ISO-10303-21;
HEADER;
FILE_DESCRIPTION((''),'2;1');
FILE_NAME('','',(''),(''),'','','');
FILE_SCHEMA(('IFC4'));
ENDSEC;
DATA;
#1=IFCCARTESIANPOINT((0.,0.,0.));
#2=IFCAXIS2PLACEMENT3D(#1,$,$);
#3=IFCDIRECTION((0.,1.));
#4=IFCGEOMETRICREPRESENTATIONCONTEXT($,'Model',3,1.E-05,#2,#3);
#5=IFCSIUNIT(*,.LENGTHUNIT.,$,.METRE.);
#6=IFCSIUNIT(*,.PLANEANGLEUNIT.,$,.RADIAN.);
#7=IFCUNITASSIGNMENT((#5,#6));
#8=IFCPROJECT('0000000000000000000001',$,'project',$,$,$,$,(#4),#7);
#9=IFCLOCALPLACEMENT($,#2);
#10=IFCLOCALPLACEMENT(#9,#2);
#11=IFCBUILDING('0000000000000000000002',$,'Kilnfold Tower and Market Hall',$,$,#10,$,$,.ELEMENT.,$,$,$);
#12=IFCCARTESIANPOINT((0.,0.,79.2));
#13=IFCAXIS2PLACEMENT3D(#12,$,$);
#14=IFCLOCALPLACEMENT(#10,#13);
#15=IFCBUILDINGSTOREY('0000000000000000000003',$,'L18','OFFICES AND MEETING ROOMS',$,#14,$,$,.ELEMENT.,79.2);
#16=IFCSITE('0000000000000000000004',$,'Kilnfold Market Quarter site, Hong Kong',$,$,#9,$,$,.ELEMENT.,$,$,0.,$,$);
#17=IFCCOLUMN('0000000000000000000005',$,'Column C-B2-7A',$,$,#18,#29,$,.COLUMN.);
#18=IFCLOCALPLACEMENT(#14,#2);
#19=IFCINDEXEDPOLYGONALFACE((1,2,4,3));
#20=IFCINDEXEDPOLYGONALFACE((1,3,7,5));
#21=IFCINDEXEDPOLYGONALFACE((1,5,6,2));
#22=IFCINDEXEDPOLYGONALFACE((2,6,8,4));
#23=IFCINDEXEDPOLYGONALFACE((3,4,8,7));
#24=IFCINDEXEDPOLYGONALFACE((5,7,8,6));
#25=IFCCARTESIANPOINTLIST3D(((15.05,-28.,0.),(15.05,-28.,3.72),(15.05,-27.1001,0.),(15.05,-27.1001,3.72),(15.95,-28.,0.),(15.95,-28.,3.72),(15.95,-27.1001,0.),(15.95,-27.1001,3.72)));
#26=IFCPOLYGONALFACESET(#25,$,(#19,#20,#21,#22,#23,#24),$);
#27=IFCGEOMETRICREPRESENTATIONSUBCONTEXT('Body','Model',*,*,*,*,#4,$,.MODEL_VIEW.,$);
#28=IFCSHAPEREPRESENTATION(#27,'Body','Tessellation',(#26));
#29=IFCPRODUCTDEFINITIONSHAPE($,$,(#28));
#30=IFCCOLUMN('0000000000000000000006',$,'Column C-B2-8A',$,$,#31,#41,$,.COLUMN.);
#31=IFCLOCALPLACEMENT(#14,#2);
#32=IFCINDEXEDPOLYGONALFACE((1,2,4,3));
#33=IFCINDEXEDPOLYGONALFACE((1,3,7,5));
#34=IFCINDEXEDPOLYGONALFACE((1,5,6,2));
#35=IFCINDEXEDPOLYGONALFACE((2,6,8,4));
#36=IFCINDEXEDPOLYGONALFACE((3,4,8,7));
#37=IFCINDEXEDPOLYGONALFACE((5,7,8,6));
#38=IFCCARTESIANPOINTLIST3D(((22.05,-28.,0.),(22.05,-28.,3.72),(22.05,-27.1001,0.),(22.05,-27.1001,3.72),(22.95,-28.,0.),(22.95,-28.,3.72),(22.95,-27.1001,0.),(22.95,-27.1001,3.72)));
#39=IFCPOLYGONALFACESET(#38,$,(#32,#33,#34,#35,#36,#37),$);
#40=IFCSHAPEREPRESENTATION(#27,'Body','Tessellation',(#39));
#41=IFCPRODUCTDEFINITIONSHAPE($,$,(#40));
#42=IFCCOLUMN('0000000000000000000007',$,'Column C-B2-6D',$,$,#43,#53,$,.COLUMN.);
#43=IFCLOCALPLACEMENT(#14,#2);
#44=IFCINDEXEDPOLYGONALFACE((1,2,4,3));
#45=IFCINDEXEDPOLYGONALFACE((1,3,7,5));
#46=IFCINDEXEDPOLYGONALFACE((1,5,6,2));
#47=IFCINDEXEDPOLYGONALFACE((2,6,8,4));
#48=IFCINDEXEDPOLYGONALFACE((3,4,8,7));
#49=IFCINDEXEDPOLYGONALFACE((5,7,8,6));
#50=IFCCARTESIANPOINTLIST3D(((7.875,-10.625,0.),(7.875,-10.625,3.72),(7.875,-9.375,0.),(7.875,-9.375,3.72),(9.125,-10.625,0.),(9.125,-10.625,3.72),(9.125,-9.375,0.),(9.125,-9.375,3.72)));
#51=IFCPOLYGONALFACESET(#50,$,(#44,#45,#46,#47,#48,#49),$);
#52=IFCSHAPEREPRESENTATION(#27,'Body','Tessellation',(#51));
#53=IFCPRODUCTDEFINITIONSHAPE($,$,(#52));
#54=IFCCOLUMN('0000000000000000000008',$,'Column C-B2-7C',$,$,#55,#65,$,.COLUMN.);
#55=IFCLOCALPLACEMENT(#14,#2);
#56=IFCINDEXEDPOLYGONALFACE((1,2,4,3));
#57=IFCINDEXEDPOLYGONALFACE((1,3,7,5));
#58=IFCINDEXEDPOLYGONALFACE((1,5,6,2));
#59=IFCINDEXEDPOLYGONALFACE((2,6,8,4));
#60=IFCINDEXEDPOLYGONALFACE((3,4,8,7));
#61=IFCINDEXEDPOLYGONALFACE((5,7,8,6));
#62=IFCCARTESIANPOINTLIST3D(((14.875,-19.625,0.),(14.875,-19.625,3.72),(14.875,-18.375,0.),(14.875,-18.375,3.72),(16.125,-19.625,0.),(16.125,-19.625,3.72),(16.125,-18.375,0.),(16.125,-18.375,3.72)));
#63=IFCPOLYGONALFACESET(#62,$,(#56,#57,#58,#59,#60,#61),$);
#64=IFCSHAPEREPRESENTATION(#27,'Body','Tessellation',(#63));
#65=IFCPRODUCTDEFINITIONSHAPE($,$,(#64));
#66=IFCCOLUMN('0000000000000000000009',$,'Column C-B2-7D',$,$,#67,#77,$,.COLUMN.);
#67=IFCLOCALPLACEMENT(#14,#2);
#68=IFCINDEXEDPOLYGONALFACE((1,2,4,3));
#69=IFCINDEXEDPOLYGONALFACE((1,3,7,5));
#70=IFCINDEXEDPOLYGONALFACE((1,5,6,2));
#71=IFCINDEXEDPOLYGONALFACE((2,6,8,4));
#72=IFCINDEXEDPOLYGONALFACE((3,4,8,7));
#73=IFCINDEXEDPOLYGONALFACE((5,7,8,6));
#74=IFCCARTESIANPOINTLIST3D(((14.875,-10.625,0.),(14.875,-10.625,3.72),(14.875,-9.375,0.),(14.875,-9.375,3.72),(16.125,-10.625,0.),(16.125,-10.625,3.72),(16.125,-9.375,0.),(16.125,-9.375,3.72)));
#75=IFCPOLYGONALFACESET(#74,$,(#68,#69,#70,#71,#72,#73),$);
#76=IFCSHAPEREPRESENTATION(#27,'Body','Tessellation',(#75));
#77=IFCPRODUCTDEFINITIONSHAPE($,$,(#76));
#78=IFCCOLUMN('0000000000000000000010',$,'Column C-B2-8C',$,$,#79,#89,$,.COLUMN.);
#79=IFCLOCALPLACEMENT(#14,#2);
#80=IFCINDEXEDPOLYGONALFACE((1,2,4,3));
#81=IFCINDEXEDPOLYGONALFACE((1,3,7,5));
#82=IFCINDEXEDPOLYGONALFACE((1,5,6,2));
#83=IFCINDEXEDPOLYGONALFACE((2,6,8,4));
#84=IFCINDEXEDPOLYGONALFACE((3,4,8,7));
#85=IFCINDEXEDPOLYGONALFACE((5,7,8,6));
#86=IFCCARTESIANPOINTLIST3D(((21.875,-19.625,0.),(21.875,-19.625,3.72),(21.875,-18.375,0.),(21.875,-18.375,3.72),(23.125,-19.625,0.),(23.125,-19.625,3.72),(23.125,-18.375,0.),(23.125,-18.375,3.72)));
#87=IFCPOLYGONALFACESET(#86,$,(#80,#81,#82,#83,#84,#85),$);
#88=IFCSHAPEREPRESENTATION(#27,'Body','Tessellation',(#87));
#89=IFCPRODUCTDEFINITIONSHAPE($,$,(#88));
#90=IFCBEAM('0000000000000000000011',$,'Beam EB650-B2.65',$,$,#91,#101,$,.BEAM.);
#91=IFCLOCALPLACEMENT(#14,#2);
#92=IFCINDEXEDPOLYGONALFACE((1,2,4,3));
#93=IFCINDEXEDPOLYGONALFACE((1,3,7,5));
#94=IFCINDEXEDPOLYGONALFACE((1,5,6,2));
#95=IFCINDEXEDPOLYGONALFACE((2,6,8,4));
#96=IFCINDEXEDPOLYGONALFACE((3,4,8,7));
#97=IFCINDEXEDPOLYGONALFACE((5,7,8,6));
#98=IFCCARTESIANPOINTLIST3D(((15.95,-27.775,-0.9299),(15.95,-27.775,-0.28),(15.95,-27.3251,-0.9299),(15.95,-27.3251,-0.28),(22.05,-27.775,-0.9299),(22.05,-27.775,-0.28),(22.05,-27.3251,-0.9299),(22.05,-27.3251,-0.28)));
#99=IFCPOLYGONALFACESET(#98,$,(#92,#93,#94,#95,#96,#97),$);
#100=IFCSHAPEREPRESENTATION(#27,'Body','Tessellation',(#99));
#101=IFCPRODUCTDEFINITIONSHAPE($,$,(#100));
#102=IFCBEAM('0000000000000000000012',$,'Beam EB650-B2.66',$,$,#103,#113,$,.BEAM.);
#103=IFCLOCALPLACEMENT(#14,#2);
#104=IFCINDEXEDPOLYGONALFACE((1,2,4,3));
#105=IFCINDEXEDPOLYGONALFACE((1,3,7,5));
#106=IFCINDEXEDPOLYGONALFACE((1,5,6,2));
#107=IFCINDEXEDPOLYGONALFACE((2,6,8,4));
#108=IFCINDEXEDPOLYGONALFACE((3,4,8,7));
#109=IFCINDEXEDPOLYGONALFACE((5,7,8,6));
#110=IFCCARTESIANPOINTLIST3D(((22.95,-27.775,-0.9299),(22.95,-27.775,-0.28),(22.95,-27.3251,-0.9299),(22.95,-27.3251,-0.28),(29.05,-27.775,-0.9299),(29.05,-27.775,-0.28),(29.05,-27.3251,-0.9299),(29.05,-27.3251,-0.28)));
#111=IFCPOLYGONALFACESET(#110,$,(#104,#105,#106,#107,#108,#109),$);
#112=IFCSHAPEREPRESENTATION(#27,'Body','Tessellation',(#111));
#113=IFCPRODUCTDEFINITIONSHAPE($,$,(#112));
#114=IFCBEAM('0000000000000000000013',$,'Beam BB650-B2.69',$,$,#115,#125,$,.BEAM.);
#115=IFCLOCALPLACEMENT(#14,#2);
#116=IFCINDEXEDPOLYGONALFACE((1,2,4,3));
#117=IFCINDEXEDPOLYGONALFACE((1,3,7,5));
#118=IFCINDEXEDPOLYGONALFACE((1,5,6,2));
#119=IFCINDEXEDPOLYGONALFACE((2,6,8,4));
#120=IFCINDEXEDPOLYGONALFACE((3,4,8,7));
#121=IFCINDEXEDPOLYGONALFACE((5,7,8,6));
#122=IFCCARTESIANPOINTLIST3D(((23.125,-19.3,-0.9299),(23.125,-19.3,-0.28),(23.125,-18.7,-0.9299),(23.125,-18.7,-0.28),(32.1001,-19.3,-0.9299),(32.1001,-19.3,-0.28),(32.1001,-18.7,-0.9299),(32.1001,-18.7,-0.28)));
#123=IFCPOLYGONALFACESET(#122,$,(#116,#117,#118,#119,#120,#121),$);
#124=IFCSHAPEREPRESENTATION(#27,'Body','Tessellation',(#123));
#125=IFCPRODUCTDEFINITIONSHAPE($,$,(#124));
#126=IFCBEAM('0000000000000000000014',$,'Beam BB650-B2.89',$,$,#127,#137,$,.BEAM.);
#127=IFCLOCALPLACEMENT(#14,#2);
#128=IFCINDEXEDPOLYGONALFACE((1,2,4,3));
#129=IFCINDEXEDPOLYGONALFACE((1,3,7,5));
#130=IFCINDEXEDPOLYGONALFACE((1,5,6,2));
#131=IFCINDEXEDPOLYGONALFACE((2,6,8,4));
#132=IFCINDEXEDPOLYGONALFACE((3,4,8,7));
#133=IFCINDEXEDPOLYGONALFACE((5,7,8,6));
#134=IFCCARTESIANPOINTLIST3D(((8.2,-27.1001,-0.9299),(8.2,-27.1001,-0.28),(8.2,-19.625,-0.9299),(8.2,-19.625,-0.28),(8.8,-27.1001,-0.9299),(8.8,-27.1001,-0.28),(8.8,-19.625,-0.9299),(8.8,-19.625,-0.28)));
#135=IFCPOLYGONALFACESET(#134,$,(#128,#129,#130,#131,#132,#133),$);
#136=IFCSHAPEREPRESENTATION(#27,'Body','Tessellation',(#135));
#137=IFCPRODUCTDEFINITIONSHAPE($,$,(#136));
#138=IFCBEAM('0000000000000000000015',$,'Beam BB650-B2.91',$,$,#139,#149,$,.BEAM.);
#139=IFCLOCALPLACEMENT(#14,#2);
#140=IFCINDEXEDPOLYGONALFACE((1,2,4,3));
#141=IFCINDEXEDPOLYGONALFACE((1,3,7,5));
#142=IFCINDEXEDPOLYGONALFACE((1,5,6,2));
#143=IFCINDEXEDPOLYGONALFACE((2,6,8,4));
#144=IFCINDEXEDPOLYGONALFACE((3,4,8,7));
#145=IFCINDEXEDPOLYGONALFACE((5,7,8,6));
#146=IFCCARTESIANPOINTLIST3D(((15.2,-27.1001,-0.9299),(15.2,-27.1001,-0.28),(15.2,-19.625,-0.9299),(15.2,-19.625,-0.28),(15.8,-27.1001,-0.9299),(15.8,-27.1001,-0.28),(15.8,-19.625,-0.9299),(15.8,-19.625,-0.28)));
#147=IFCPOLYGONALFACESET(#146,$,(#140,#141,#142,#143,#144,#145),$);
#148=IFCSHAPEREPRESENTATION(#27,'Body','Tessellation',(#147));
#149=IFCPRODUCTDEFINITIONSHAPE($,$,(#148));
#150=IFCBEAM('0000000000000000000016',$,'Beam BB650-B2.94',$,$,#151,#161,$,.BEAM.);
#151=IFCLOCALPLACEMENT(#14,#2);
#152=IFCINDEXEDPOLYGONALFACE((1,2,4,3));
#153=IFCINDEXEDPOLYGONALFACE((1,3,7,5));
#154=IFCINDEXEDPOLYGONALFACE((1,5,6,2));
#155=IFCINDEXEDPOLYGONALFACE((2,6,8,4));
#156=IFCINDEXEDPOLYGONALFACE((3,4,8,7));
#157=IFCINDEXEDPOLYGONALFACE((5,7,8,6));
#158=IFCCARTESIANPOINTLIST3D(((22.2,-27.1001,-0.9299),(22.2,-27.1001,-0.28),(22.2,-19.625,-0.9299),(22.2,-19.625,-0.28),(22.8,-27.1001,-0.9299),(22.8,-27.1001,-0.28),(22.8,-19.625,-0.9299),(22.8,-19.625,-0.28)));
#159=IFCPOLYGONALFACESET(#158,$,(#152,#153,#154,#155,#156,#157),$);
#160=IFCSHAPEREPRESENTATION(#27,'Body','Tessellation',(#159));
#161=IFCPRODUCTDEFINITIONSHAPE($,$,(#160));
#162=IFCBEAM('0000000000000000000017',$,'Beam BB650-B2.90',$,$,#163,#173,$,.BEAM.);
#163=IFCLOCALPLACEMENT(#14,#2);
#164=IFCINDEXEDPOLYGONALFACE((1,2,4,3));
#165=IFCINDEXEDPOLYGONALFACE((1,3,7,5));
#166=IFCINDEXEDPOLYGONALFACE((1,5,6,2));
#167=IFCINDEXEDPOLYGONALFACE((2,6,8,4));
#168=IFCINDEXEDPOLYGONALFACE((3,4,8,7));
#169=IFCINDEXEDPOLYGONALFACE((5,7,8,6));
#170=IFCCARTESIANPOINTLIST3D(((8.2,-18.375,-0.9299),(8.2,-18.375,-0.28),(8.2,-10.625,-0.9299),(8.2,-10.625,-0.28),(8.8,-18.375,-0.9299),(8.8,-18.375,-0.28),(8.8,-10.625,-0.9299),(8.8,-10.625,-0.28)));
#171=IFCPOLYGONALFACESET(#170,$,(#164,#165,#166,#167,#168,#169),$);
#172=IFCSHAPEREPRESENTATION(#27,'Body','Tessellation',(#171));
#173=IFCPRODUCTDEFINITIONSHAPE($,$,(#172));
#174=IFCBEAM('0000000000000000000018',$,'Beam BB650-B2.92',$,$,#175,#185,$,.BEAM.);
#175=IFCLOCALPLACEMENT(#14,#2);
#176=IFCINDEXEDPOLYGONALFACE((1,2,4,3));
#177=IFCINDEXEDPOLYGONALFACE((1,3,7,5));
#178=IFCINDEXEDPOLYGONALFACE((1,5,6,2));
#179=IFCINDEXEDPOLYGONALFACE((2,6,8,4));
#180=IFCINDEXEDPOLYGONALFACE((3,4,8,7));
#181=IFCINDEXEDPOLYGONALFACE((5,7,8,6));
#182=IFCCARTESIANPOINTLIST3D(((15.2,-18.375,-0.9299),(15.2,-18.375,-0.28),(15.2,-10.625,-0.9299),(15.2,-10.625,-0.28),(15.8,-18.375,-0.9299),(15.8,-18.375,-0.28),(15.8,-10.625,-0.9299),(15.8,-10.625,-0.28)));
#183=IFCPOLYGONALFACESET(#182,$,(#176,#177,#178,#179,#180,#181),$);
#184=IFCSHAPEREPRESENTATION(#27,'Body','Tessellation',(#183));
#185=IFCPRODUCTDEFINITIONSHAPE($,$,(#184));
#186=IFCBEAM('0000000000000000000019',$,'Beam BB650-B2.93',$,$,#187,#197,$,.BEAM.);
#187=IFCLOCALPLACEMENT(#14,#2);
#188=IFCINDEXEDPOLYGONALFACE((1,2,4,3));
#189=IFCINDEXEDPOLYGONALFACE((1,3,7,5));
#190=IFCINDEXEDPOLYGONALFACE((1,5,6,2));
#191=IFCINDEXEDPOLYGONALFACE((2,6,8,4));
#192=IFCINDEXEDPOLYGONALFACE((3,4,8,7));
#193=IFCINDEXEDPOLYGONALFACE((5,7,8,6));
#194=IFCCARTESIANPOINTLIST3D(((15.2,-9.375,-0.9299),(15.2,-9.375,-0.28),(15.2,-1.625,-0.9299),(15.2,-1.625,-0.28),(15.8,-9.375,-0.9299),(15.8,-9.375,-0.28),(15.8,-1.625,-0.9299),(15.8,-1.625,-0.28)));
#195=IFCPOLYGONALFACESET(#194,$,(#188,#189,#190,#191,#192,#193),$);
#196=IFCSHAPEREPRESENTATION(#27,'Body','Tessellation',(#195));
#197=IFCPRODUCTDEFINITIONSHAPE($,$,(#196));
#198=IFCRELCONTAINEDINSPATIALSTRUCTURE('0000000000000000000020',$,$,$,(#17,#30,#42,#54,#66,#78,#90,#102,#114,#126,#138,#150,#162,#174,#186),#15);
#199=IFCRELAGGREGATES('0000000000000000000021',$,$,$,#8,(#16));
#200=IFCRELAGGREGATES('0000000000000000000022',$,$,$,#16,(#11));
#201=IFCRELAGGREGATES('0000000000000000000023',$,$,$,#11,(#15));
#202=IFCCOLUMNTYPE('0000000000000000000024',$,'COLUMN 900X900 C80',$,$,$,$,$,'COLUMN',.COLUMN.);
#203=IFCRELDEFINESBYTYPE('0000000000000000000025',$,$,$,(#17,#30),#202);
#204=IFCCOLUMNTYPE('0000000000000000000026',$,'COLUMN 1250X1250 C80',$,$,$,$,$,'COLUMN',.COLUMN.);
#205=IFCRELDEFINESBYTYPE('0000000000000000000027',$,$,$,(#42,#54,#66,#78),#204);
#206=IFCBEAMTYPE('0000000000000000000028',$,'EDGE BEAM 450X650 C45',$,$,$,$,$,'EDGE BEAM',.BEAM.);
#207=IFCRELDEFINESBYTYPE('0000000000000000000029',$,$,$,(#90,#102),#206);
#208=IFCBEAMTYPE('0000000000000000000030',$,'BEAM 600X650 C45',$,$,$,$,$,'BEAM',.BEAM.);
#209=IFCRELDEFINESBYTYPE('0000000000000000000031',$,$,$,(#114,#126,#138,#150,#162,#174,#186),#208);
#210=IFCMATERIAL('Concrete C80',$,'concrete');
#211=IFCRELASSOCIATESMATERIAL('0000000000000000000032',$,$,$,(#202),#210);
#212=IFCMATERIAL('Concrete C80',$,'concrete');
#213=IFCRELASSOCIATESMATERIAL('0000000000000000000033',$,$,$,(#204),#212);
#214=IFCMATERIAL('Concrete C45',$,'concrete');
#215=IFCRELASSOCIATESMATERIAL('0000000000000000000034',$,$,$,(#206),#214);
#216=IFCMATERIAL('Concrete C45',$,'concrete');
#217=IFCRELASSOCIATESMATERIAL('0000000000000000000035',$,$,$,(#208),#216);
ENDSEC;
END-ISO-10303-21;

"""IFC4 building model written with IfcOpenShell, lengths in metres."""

from ifc_helpers import new_model, si_unit, direction, frame, origin, origin_2d, place, context, subcontext, project, spatial, rectangle, extrude, source, transform, mapped, material, material_profile, profile_set, type_object, element, save


model = new_model("IFC4")

# Units and contexts
model_context = context("Model", 3, precision=1e-05, world=origin(), true_north=direction((0.0, 1.0)))
body_context = subcontext(model_context, "Body", "Model", "MODEL_VIEW")
ifc_project = project(units=[si_unit("LENGTHUNIT", "METRE"), si_unit("PLANEANGLEUNIT", "RADIAN")], contexts=[model_context])

# Site, building, storey
site_placement = place(None, origin())
site = spatial("IfcSite", under=ifc_project, at=site_placement, Name="Kilnfold Market Quarter site, Hong Kong", CompositionType="ELEMENT", RefElevation=0.0)
building_placement = place(site_placement, origin())
building = spatial("IfcBuilding", under=site, at=building_placement, Name="Kilnfold Tower and Market Hall", CompositionType="ELEMENT")
storey_placement = place(building_placement, frame((0.0, 0.0, 79.2)))
storey = spatial("IfcBuildingStorey", under=building, at=storey_placement, Name="L18", Description="OFFICES AND MEETING ROOMS", CompositionType="ELEMENT", Elevation=79.2)

# Columns
ifc_material_1 = material(Name="Concrete C80", Category="concrete")
ifc_material_profile_1 = material_profile(ifc_material_1, rectangle(XDim=0.8999, YDim=0.8999, at=origin_2d()), Name="RC 900x900")
ifc_profile_set_1 = profile_set([ifc_material_profile_1], Name="Concrete C80")
column_type_1 = type_object("IfcColumnType", Name="COLUMN 900X900 C80", ElementType="COLUMN", PredefinedType="COLUMN", material=ifc_profile_set_1)
shared_shape_1 = source(origin(), body_context, "Body", "SweptSolid", [
    extrude(rectangle(XDim=0.8999, YDim=0.8999, at=origin_2d()), origin(), (0.0, 0.0, 1.0), 3.72),
])
for number, where, z_axis, x_axis, name in (
    (1, (15.5, -27.55, 0.0), (0.0, 0.0, 1.0), (1.0, 0.0, 0.0), "Column C-B2-7A"),
    (2, (22.5, -27.55, 0.0), (0.0, 0.0, 1.0), (1.0, 0.0, 0.0), "Column C-B2-8A"),
):
    element("IfcColumn", number, at=place(storey_placement, frame(where, z_axis=z_axis, x_axis=x_axis)), inside=storey, type_object=column_type_1, Name=name, PredefinedType="COLUMN", context=body_context, shape_type="MappedRepresentation", body=[
        mapped(shared_shape_1, transform((0.0, 0.0, 0.0))),
    ])
ifc_material_2 = material(Name="Concrete C80", Category="concrete")
ifc_material_profile_2 = material_profile(ifc_material_2, rectangle(XDim=1.25, YDim=1.25, at=origin_2d()), Name="RC 1250x1250")
ifc_profile_set_2 = profile_set([ifc_material_profile_2], Name="Concrete C80")
column_type_2 = type_object("IfcColumnType", Name="COLUMN 1250X1250 C80", ElementType="COLUMN", PredefinedType="COLUMN", material=ifc_profile_set_2)
shared_shape_2 = source(origin(), body_context, "Body", "SweptSolid", [
    extrude(rectangle(XDim=1.25, YDim=1.25, at=origin_2d()), origin(), (0.0, 0.0, 1.0), 3.72),
])
for number, where, z_axis, x_axis, name in (
    (3, (8.5, -10.0, 0.0), (0.0, 0.0, 1.0), (1.0, 0.0, 0.0), "Column C-B2-6D"),
    (4, (15.5, -19.0, 0.0), (0.0, 0.0, 1.0), (1.0, 0.0, 0.0), "Column C-B2-7C"),
    (5, (15.5, -10.0, 0.0), (0.0, 0.0, 1.0), (1.0, 0.0, 0.0), "Column C-B2-7D"),
    (6, (22.5, -19.0, 0.0), (0.0, 0.0, 1.0), (1.0, 0.0, 0.0), "Column C-B2-8C"),
):
    element("IfcColumn", number, at=place(storey_placement, frame(where, z_axis=z_axis, x_axis=x_axis)), inside=storey, type_object=column_type_2, Name=name, PredefinedType="COLUMN", context=body_context, shape_type="MappedRepresentation", body=[
        mapped(shared_shape_2, transform((0.0, 0.0, 0.0))),
    ])

# Beams
ifc_material_3 = material(Name="Concrete C45", Category="concrete")
ifc_material_profile_3 = material_profile(ifc_material_3, rectangle(XDim=0.45, YDim=0.6499, at=origin_2d()), Name="RC 450x650")
ifc_profile_set_3 = profile_set([ifc_material_profile_3], Name="Concrete C45")
beam_type_1 = type_object("IfcBeamType", Name="EDGE BEAM 450X650 C45", ElementType="EDGE BEAM", PredefinedType="BEAM", material=ifc_profile_set_3)
shared_shape_3 = source(origin(), body_context, "Body", "SweptSolid", [
    extrude(rectangle(XDim=0.45, YDim=0.6499, at=origin_2d()), origin(), (0.0, 0.0, 1.0), 6.1001),
])
for number, where, z_axis, x_axis, name in (
    (7, (15.95, -27.55, -0.605), (1.0, 0.0, 0.0), (0.0, 1.0, 0.0), "Beam EB650-B2.65"),
    (8, (22.95, -27.55, -0.605), (1.0, 0.0, 0.0), (0.0, 1.0, 0.0), "Beam EB650-B2.66"),
):
    element("IfcBeam", number, at=place(storey_placement, frame(where, z_axis=z_axis, x_axis=x_axis)), inside=storey, type_object=beam_type_1, Name=name, PredefinedType="BEAM", context=body_context, shape_type="MappedRepresentation", body=[
        mapped(shared_shape_3, transform((0.0, 0.0, 0.0))),
    ])
ifc_material_4 = material(Name="Concrete C45", Category="concrete")
ifc_material_profile_4 = material_profile(ifc_material_4, rectangle(XDim=0.6001, YDim=0.6499, at=origin_2d()), Name="RC 600x650")
ifc_profile_set_4 = profile_set([ifc_material_profile_4], Name="Concrete C45")
beam_type_2 = type_object("IfcBeamType", Name="BEAM 600X650 C45", ElementType="BEAM", PredefinedType="BEAM", material=ifc_profile_set_4)
shared_shape_4 = source(origin(), body_context, "Body", "SweptSolid", [
    extrude(rectangle(XDim=0.6001, YDim=0.6499, at=origin_2d()), origin(), (0.0, 0.0, 1.0), 8.9751),
])
beam_1_placement = place(storey_placement, frame((23.125, -19.0, -0.605), z_axis=(1.0, 0.0, 0.0), x_axis=(0.0, 1.0, 0.0)))
element("IfcBeam", 9, at=beam_1_placement, inside=storey, type_object=beam_type_2, Name="Beam BB650-B2.69", PredefinedType="BEAM", context=body_context, shape_type="MappedRepresentation", body=[
    mapped(shared_shape_4, transform((0.0, 0.0, 0.0))),
])
shared_shape_5 = source(origin(), body_context, "Body", "SweptSolid", [
    extrude(rectangle(XDim=0.6001, YDim=0.6499, at=origin_2d()), origin(), (0.0, 0.0, 1.0), 7.4751),
])
for number, where, z_axis, x_axis, name in (
    (10, (8.5, -27.1001, -0.605), (0.0, 1.0, 0.0), (-1.0, 0.0, 0.0), "Beam BB650-B2.89"),
    (11, (15.5, -27.1001, -0.605), (0.0, 1.0, 0.0), (-1.0, 0.0, 0.0), "Beam BB650-B2.91"),
    (12, (22.5, -27.1001, -0.605), (0.0, 1.0, 0.0), (-1.0, 0.0, 0.0), "Beam BB650-B2.94"),
):
    element("IfcBeam", number, at=place(storey_placement, frame(where, z_axis=z_axis, x_axis=x_axis)), inside=storey, type_object=beam_type_2, Name=name, PredefinedType="BEAM", context=body_context, shape_type="MappedRepresentation", body=[
        mapped(shared_shape_5, transform((0.0, 0.0, 0.0))),
    ])
shared_shape_6 = source(origin(), body_context, "Body", "SweptSolid", [
    extrude(rectangle(XDim=0.6001, YDim=0.6499, at=origin_2d()), origin(), (0.0, 0.0, 1.0), 7.75),
])
for number, where, z_axis, x_axis, name in (
    (13, (8.5, -18.375, -0.605), (0.0, 1.0, 0.0), (-1.0, 0.0, 0.0), "Beam BB650-B2.90"),
    (14, (15.5, -18.375, -0.605), (0.0, 1.0, 0.0), (-1.0, 0.0, 0.0), "Beam BB650-B2.92"),
    (15, (15.5, -9.375, -0.605), (0.0, 1.0, 0.0), (-1.0, 0.0, 0.0), "Beam BB650-B2.93"),
):
    element("IfcBeam", number, at=place(storey_placement, frame(where, z_axis=z_axis, x_axis=x_axis)), inside=storey, type_object=beam_type_2, Name=name, PredefinedType="BEAM", context=body_context, shape_type="MappedRepresentation", body=[
        mapped(shared_shape_6, transform((0.0, 0.0, 0.0))),
    ])

save(model, "model.ifc")
